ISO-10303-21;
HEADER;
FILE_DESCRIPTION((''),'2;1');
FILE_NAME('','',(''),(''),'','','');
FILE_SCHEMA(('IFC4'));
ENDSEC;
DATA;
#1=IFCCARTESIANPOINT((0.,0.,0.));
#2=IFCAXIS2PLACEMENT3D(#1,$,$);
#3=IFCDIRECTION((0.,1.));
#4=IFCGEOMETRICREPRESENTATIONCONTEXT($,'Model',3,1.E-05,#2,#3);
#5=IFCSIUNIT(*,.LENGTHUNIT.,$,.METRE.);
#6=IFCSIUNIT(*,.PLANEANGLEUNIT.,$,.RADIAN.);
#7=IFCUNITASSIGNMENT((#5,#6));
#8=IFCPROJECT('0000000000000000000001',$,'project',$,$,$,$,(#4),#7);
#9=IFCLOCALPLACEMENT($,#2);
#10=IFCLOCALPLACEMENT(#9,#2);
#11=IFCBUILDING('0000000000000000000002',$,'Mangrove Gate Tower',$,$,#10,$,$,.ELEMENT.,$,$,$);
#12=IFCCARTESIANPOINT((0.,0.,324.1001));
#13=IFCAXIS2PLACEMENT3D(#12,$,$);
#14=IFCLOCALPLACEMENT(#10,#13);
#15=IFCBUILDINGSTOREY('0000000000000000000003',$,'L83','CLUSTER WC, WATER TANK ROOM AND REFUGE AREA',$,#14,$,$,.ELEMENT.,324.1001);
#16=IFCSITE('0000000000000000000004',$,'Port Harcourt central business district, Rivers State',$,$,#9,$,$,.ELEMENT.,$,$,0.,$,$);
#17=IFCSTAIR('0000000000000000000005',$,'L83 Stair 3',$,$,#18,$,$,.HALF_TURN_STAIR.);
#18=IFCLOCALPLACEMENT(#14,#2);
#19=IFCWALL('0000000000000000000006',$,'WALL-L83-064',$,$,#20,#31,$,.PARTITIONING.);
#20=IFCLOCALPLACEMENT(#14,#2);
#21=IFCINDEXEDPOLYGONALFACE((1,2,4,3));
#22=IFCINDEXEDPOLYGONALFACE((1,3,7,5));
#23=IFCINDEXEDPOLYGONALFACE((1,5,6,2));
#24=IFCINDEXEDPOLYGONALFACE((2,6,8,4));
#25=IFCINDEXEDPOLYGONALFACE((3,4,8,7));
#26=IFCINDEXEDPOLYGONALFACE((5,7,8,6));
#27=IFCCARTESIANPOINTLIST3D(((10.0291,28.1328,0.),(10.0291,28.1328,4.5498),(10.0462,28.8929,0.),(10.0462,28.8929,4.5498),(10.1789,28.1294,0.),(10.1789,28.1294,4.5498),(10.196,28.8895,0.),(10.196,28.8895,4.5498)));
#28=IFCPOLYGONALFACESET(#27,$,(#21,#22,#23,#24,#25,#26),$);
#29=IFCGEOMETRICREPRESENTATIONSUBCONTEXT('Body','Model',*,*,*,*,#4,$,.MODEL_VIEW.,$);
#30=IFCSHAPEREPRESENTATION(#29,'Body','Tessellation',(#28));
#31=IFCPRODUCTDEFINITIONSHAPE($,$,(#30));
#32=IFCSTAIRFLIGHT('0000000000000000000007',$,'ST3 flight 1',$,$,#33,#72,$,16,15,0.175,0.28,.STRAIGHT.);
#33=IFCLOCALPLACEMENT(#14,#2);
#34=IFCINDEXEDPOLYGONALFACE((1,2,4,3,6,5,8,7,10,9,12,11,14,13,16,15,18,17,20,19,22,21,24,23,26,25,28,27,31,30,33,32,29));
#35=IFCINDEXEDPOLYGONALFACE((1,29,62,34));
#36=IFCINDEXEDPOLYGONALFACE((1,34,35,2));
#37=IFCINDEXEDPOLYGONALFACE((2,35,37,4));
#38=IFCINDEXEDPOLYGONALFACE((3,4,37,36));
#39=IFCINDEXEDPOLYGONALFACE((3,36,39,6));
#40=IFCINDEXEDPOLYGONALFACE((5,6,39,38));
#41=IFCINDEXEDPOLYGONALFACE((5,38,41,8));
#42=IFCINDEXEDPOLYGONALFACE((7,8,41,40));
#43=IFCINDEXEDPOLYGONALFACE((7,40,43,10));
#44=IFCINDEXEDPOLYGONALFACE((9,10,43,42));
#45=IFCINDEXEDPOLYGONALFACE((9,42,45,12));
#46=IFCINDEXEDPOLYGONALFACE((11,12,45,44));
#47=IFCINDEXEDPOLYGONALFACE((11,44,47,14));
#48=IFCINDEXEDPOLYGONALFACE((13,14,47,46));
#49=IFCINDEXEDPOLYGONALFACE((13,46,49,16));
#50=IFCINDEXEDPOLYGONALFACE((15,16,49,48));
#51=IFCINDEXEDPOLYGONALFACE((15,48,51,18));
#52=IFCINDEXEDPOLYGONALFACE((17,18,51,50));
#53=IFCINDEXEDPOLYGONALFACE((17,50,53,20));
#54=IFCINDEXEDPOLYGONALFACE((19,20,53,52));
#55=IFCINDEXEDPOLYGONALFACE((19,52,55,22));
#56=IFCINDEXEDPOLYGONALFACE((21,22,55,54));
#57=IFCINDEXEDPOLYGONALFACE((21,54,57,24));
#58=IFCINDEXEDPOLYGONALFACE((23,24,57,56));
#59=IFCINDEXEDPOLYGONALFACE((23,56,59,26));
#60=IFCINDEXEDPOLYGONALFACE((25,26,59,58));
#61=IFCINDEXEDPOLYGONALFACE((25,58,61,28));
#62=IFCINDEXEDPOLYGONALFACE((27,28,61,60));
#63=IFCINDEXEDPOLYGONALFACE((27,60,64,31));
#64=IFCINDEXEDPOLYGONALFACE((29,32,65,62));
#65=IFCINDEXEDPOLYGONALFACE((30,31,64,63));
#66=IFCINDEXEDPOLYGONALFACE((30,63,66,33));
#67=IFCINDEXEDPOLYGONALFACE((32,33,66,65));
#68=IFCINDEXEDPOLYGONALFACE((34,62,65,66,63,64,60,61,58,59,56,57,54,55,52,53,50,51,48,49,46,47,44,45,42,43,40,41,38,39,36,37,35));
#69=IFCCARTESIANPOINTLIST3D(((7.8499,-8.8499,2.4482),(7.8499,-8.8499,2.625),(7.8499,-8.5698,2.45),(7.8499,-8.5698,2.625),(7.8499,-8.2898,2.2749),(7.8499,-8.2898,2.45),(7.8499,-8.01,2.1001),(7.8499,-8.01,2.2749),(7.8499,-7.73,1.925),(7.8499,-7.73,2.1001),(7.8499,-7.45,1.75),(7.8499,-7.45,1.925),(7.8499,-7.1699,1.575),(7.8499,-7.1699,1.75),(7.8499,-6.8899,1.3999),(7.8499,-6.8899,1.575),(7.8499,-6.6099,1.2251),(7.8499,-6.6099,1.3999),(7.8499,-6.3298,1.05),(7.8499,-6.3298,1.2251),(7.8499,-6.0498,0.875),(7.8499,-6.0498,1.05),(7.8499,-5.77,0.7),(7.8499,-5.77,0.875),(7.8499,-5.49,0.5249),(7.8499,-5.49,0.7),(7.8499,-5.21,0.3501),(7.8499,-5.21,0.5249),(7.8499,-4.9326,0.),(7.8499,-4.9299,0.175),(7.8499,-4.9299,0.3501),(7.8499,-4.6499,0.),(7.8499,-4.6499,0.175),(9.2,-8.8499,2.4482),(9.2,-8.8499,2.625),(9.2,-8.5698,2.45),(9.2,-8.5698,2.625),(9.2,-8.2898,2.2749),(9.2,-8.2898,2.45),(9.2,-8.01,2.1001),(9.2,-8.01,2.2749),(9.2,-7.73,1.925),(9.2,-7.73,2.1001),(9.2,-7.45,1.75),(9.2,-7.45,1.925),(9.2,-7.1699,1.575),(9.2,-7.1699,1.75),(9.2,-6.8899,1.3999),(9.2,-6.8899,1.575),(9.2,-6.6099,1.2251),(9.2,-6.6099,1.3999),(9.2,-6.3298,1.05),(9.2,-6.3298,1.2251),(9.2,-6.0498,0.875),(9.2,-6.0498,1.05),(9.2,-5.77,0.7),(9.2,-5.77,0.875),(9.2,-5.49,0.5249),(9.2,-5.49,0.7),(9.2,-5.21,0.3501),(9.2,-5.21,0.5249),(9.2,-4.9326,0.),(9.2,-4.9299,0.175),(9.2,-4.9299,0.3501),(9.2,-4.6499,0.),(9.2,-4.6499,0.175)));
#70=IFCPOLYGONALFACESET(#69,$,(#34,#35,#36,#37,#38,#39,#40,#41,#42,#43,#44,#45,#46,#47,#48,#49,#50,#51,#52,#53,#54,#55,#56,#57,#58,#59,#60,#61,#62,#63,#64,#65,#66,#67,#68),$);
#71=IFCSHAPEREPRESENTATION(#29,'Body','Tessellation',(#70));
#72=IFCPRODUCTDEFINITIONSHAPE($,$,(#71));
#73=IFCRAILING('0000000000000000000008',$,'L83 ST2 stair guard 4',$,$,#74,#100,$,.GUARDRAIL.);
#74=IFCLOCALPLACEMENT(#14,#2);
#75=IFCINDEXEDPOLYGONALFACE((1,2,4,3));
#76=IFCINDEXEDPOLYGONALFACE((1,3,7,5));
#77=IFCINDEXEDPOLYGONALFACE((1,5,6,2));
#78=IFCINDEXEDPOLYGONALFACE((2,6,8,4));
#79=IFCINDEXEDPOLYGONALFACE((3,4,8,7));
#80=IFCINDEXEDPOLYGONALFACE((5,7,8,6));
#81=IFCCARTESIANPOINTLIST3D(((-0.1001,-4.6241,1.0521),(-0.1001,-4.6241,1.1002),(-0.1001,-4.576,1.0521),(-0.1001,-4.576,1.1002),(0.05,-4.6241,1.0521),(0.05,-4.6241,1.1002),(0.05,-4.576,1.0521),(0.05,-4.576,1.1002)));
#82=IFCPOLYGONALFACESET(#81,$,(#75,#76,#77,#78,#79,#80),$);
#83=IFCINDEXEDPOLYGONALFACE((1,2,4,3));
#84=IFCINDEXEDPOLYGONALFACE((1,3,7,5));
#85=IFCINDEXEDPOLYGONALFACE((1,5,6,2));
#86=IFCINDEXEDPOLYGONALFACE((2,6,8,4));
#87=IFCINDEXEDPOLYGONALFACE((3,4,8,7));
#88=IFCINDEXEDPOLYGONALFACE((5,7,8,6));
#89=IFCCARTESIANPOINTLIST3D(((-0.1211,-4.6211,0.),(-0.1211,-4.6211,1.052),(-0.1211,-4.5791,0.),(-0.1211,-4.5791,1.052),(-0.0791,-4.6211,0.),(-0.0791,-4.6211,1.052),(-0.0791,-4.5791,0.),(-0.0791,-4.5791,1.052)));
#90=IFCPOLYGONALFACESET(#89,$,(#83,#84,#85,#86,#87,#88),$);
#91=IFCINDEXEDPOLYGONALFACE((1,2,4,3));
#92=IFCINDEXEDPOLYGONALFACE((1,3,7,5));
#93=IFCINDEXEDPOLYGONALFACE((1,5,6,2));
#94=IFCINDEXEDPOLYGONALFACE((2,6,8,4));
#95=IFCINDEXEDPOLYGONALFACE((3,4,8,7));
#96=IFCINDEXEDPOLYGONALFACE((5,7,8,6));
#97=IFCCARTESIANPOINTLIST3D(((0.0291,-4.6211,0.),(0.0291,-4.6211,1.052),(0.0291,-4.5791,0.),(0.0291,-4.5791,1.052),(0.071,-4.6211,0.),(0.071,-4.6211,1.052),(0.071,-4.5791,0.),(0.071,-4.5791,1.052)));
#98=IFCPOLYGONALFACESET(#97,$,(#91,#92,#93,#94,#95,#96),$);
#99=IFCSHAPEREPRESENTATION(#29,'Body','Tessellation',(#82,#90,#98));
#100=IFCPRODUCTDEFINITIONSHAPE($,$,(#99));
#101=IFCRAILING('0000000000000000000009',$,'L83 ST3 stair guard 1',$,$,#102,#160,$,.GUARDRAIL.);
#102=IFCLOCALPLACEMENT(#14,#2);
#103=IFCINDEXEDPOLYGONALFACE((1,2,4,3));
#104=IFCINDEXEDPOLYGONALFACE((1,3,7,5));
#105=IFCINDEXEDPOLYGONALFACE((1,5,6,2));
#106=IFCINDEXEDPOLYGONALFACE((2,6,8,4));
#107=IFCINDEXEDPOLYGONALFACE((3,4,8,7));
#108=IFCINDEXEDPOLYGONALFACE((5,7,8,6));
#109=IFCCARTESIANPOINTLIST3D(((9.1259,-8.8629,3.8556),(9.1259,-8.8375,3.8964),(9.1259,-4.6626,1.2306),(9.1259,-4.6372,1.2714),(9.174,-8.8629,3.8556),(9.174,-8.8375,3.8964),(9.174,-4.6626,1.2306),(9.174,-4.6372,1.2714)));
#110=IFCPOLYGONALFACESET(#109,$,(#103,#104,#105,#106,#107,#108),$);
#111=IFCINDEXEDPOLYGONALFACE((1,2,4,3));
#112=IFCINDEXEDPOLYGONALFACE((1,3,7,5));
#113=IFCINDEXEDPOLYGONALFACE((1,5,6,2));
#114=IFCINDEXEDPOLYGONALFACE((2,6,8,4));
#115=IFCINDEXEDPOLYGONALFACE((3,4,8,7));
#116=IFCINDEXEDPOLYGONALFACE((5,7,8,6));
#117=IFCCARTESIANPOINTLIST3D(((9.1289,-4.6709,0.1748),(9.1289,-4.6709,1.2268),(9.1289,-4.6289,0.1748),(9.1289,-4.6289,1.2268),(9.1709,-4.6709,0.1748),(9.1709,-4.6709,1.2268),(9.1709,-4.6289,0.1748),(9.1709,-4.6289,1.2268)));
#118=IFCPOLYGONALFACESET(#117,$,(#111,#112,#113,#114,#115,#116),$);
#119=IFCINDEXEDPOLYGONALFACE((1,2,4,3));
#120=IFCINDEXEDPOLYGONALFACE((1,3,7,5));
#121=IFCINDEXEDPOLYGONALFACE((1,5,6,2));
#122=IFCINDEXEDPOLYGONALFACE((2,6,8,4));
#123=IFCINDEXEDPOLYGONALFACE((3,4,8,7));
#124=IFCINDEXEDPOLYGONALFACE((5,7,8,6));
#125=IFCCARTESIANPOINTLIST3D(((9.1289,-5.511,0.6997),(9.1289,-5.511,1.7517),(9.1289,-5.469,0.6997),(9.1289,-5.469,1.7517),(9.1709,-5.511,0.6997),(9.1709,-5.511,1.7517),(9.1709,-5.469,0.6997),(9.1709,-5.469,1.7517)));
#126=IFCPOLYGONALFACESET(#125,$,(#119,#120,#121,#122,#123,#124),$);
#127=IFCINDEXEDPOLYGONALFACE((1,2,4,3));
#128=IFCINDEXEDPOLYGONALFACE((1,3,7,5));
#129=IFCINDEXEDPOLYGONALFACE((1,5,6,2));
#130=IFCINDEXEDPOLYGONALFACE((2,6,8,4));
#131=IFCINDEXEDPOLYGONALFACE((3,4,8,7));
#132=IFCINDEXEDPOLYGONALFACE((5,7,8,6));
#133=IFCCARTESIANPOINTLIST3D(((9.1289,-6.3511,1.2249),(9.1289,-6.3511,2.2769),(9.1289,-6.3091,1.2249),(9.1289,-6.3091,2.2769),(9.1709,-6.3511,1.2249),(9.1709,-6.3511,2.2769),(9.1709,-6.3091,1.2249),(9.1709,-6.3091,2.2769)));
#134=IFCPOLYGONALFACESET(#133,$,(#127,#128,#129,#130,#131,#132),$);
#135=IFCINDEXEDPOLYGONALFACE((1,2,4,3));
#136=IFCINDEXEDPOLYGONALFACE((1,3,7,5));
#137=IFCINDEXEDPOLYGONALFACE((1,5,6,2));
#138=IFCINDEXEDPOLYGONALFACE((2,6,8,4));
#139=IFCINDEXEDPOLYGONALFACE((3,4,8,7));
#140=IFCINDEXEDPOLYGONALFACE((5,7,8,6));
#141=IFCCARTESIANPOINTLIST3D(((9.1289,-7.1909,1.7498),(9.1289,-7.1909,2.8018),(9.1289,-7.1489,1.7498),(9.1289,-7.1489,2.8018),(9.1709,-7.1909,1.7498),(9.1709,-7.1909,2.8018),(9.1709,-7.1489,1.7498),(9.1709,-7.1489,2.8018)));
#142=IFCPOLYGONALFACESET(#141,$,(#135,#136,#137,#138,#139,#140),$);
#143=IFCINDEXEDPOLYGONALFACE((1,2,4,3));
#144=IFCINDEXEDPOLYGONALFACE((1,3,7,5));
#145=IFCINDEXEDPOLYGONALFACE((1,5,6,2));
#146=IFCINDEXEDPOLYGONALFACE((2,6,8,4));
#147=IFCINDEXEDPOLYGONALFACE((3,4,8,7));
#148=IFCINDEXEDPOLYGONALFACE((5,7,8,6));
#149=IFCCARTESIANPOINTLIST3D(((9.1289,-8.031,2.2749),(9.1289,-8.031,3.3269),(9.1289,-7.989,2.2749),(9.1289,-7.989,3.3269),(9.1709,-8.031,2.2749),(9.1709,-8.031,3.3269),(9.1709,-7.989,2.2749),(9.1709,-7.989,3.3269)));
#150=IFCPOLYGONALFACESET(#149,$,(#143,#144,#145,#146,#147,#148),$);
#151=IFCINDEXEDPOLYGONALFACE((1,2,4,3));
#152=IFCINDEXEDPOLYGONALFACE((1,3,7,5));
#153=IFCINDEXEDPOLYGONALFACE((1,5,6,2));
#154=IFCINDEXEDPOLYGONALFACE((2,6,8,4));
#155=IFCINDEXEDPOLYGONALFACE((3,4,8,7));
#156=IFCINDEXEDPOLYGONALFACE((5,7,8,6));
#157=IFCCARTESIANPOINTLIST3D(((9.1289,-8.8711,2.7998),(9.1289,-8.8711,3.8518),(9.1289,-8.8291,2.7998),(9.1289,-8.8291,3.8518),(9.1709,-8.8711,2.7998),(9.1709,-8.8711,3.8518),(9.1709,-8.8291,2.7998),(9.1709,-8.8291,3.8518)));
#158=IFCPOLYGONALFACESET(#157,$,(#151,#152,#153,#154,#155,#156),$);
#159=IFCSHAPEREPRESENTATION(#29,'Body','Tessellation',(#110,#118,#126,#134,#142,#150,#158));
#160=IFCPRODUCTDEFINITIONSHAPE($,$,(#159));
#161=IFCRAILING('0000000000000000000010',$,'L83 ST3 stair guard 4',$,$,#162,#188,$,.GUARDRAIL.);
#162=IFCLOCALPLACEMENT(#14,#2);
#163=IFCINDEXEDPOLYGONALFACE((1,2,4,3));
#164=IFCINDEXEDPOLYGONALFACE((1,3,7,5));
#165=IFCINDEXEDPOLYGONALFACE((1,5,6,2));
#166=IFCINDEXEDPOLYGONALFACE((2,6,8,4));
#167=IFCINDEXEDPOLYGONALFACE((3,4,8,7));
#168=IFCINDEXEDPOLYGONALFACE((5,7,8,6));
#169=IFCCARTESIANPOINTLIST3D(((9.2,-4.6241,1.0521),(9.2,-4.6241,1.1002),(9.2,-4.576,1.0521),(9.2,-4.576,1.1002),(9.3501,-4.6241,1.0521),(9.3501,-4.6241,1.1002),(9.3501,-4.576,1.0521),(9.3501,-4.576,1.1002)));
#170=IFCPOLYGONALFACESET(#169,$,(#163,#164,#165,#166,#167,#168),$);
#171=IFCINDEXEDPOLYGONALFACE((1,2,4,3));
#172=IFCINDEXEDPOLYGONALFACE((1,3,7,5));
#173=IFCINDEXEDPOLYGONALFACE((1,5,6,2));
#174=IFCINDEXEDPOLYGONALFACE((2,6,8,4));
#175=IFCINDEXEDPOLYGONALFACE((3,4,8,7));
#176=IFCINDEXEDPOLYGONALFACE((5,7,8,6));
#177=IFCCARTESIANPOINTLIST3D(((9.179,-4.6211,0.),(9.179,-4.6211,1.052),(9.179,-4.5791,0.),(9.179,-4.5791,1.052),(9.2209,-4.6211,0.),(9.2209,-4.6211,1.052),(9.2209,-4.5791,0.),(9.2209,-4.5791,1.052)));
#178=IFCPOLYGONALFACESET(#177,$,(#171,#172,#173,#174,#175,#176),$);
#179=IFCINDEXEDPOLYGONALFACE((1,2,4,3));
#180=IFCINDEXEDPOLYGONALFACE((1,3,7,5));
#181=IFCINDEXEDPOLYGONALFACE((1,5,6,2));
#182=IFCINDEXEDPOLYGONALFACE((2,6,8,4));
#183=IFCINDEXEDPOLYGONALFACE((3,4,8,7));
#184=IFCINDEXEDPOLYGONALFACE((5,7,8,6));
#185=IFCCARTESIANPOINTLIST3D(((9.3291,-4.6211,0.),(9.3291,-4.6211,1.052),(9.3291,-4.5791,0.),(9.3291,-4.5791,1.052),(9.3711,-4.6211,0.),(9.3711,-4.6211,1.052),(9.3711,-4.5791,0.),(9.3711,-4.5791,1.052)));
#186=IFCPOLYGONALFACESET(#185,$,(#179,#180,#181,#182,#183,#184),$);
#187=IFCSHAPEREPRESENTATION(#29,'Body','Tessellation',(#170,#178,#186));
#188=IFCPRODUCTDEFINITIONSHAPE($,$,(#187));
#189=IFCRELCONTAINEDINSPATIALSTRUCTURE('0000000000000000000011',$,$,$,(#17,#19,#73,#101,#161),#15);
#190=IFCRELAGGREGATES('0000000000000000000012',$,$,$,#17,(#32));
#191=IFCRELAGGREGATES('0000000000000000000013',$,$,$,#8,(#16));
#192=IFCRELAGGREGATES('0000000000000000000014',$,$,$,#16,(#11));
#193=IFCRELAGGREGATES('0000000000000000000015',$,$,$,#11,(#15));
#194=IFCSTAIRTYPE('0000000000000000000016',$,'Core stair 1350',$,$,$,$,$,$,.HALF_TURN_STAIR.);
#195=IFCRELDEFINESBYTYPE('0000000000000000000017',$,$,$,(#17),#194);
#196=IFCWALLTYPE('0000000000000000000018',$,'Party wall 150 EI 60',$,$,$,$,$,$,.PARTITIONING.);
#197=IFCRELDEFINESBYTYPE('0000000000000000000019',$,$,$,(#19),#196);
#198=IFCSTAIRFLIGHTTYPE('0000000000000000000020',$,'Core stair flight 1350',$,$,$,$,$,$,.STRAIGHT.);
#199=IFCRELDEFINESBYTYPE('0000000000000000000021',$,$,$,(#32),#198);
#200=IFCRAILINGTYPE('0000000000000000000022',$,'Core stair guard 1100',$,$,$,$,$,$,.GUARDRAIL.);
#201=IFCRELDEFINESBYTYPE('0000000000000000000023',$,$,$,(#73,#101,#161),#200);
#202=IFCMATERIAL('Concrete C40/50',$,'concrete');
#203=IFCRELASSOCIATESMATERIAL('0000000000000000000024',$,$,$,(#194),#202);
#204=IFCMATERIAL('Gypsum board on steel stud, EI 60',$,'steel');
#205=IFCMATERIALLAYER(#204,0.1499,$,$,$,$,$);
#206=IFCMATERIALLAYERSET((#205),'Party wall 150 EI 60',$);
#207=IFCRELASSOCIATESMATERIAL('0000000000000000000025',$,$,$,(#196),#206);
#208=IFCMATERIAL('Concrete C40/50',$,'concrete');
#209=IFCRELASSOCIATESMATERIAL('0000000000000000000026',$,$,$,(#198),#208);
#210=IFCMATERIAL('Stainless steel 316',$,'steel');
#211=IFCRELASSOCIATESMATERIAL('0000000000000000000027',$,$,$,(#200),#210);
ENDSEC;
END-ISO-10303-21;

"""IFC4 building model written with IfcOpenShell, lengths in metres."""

from ifc_helpers import new_model, si_unit, direction, frame, frame_2d, origin, origin_2d, place, context, subcontext, project, spatial, polyline, rectangle, outline, extrude, material, layer, layer_set, type_object, element, aggregate, save


model = new_model("IFC4")

# Units and contexts
model_context = context("Model", 3, precision=1e-05, world=origin(), true_north=direction((0.0, 1.0)))
body_context = subcontext(model_context, "Body", "Model", "MODEL_VIEW")
ifc_project = project(units=[si_unit("LENGTHUNIT", "METRE"), si_unit("PLANEANGLEUNIT", "RADIAN")], contexts=[model_context])

# Site, building, storey
site_placement = place(None, origin())
site = spatial("IfcSite", under=ifc_project, at=site_placement, Name="Port Harcourt central business district, Rivers State", CompositionType="ELEMENT", RefElevation=0.0)
building_placement = place(site_placement, origin())
building = spatial("IfcBuilding", under=site, at=building_placement, Name="Mangrove Gate Tower", CompositionType="ELEMENT")
storey_placement = place(building_placement, frame((0.0, 0.0, 324.1001)))
storey = spatial("IfcBuildingStorey", under=building, at=storey_placement, Name="L83", Description="CLUSTER WC, WATER TANK ROOM AND REFUGE AREA", CompositionType="ELEMENT", Elevation=324.1001)

# Stair
ifc_material_1 = material(Name="Concrete C40/50", Category="concrete")
stair_type = type_object("IfcStairType", Name="Core stair 1350", PredefinedType="HALF_TURN_STAIR", material=ifc_material_1)
stair_1_placement = place(storey_placement, origin())
stair_1 = element("IfcStair", 1, at=stair_1_placement, inside=storey, type_object=stair_type, Name="L83 Stair 3", PredefinedType="HALF_TURN_STAIR")

# Wall
ifc_material_2 = material(Name="Gypsum board on steel stud, EI 60", Category="steel")
ifc_layer_1 = layer(ifc_material_2, 0.1499)
ifc_layer_set_1 = layer_set([ifc_layer_1], Name="Party wall 150 EI 60")
wall_type_1 = type_object("IfcWallType", Name="Party wall 150 EI 60", PredefinedType="PARTITIONING", material=ifc_layer_set_1)
wall_1_placement = place(storey_placement, frame((10.104, 28.1311, 0.0), z_axis=(0.0, 0.0, 1.0), x_axis=(0.022481, 0.999747, 0.0)))
element("IfcWall", 2, at=wall_1_placement, inside=storey, type_object=wall_type_1, Name="WALL-L83-064", PredefinedType="PARTITIONING", context=body_context, shape_type="SweptSolid", body=[
    extrude(rectangle(XDim=0.7603, YDim=0.1499, at=frame_2d((0.3801, 0.0))), origin(), (0.0, 0.0, 1.0), 4.5498),
])

# Stair flight
ifc_material_3 = material(Name="Concrete C40/50", Category="concrete")
stair_flight_type = type_object("IfcStairFlightType", Name="Core stair flight 1350", PredefinedType="STRAIGHT", material=ifc_material_3)
stair_flight_placement = place(storey_placement, frame((8.5249, -4.6499, 0.0), z_axis=(0.0, 0.0, 1.0), x_axis=(0.0, -1.0, 0.0)))
stair_flight = element("IfcStairFlight", 3, at=stair_flight_placement, type_object=stair_flight_type, Name="ST3 flight 1", NumberOfRisers=16, NumberOfTreads=15, PredefinedType="STRAIGHT", RiserHeight=0.175, TreadLength=0.28, context=body_context, shape_type="SweptSolid", body=[
    extrude(outline(polyline([(0.0, 0.0), (0.0, 0.175), (0.28, 0.175), (0.28, 0.3501), (0.5601, 0.3501), (0.5601, 0.5249), (0.8401, 0.5249), (0.8401, 0.7), (1.1201, 0.7), (1.1201, 0.875), (1.3999, 0.875), (1.3999, 1.05), (1.6799, 1.05), (1.6799, 1.2251), (1.96, 1.2251), (1.96, 1.3999), (2.24, 1.3999), (2.24, 1.575), (2.52, 1.575), (2.52, 1.75), (2.8, 1.75), (2.8, 1.925), (3.0801, 1.925), (3.0801, 2.1001), (3.3601, 2.1001), (3.3601, 2.2749), (3.6399, 2.2749), (3.6399, 2.45), (3.9199, 2.45), (3.9199, 2.625), (4.2, 2.625), (4.2, 2.8), (4.2, 2.4482), (0.2827, 0.0), (0.0, 0.0)])), frame((0.0, 0.675, 0.0), z_axis=(0.0, -1.0, 0.0), x_axis=(1.0, 0.0, 0.0)), (0.0, 0.0, 1.0), 1.3501),
])
aggregate(stair_1, [stair_flight])

# Railings
ifc_material_4 = material(Name="Stainless steel 316", Category="steel")
railing_type_1 = type_object("IfcRailingType", Name="Core stair guard 1100", PredefinedType="GUARDRAIL", material=ifc_material_4)
railing_1_placement = place(storey_placement, frame((-0.1001, -4.6001, 0.0)))
element("IfcRailing", 4, at=railing_1_placement, inside=storey, type_object=railing_type_1, Name="L83 ST2 stair guard 4", PredefinedType="GUARDRAIL", context=body_context, shape_type="SweptSolid", body=[
    extrude(rectangle(XDim=0.0481, YDim=0.0481, at=origin_2d()), frame((0.0, 0.0, 1.0762), z_axis=(1.0, 0.0, 0.0), x_axis=(0.0, 1.0, 0.0)), (0.0, 0.0, 1.0), 0.1501),
    extrude(rectangle(XDim=0.042, YDim=0.042, at=origin_2d()), origin(), (0.0, 0.0, 1.0), 1.052),
    extrude(rectangle(XDim=0.042, YDim=0.042, at=origin_2d()), frame((0.1501, 0.0, 0.0)), (0.0, 0.0, 1.0), 1.052),
])
railing_2_placement = place(storey_placement, frame((9.1499, -4.6499, 0.1748)))
element("IfcRailing", 5, at=railing_2_placement, inside=storey, type_object=railing_type_1, Name="L83 ST3 stair guard 1", PredefinedType="GUARDRAIL", context=body_context, shape_type="SweptSolid", body=[
    extrude(rectangle(XDim=0.0481, YDim=0.0481, at=origin_2d()), frame((0.0, 0.0, 1.0762), z_axis=(0.0, -0.848009, 0.529981), x_axis=(1.0, 0.0, 0.0)), (0.0, 0.0, 1.0), 4.9531),
    extrude(rectangle(XDim=0.042, YDim=0.042, at=origin_2d()), origin(), (0.0, 0.0, 1.0), 1.052),
    extrude(rectangle(XDim=0.042, YDim=0.042, at=origin_2d()), frame((0.0, -0.8401, 0.5249)), (0.0, 0.0, 1.0), 1.052),
    extrude(rectangle(XDim=0.042, YDim=0.042, at=origin_2d()), frame((0.0, -1.6802, 1.05)), (0.0, 0.0, 1.0), 1.052),
    extrude(rectangle(XDim=0.042, YDim=0.042, at=origin_2d()), frame((0.0, -2.52, 1.575)), (0.0, 0.0, 1.0), 1.052),
    extrude(rectangle(XDim=0.042, YDim=0.042, at=origin_2d()), frame((0.0, -3.3601, 2.1001)), (0.0, 0.0, 1.0), 1.052),
    extrude(rectangle(XDim=0.042, YDim=0.042, at=origin_2d()), frame((0.0, -4.2002, 2.625)), (0.0, 0.0, 1.0), 1.052),
])
railing_3_placement = place(storey_placement, frame((9.2, -4.6001, 0.0)))
element("IfcRailing", 6, at=railing_3_placement, inside=storey, type_object=railing_type_1, Name="L83 ST3 stair guard 4", PredefinedType="GUARDRAIL", context=body_context, shape_type="SweptSolid", body=[
    extrude(rectangle(XDim=0.0481, YDim=0.0481, at=origin_2d()), frame((0.0, 0.0, 1.0762), z_axis=(1.0, 0.0, 0.0), x_axis=(0.0, 1.0, 0.0)), (0.0, 0.0, 1.0), 0.1501),
    extrude(rectangle(XDim=0.042, YDim=0.042, at=origin_2d()), origin(), (0.0, 0.0, 1.0), 1.052),
    extrude(rectangle(XDim=0.042, YDim=0.042, at=origin_2d()), frame((0.1501, 0.0, 0.0)), (0.0, 0.0, 1.0), 1.052),
])

save(model, "model.ifc")
